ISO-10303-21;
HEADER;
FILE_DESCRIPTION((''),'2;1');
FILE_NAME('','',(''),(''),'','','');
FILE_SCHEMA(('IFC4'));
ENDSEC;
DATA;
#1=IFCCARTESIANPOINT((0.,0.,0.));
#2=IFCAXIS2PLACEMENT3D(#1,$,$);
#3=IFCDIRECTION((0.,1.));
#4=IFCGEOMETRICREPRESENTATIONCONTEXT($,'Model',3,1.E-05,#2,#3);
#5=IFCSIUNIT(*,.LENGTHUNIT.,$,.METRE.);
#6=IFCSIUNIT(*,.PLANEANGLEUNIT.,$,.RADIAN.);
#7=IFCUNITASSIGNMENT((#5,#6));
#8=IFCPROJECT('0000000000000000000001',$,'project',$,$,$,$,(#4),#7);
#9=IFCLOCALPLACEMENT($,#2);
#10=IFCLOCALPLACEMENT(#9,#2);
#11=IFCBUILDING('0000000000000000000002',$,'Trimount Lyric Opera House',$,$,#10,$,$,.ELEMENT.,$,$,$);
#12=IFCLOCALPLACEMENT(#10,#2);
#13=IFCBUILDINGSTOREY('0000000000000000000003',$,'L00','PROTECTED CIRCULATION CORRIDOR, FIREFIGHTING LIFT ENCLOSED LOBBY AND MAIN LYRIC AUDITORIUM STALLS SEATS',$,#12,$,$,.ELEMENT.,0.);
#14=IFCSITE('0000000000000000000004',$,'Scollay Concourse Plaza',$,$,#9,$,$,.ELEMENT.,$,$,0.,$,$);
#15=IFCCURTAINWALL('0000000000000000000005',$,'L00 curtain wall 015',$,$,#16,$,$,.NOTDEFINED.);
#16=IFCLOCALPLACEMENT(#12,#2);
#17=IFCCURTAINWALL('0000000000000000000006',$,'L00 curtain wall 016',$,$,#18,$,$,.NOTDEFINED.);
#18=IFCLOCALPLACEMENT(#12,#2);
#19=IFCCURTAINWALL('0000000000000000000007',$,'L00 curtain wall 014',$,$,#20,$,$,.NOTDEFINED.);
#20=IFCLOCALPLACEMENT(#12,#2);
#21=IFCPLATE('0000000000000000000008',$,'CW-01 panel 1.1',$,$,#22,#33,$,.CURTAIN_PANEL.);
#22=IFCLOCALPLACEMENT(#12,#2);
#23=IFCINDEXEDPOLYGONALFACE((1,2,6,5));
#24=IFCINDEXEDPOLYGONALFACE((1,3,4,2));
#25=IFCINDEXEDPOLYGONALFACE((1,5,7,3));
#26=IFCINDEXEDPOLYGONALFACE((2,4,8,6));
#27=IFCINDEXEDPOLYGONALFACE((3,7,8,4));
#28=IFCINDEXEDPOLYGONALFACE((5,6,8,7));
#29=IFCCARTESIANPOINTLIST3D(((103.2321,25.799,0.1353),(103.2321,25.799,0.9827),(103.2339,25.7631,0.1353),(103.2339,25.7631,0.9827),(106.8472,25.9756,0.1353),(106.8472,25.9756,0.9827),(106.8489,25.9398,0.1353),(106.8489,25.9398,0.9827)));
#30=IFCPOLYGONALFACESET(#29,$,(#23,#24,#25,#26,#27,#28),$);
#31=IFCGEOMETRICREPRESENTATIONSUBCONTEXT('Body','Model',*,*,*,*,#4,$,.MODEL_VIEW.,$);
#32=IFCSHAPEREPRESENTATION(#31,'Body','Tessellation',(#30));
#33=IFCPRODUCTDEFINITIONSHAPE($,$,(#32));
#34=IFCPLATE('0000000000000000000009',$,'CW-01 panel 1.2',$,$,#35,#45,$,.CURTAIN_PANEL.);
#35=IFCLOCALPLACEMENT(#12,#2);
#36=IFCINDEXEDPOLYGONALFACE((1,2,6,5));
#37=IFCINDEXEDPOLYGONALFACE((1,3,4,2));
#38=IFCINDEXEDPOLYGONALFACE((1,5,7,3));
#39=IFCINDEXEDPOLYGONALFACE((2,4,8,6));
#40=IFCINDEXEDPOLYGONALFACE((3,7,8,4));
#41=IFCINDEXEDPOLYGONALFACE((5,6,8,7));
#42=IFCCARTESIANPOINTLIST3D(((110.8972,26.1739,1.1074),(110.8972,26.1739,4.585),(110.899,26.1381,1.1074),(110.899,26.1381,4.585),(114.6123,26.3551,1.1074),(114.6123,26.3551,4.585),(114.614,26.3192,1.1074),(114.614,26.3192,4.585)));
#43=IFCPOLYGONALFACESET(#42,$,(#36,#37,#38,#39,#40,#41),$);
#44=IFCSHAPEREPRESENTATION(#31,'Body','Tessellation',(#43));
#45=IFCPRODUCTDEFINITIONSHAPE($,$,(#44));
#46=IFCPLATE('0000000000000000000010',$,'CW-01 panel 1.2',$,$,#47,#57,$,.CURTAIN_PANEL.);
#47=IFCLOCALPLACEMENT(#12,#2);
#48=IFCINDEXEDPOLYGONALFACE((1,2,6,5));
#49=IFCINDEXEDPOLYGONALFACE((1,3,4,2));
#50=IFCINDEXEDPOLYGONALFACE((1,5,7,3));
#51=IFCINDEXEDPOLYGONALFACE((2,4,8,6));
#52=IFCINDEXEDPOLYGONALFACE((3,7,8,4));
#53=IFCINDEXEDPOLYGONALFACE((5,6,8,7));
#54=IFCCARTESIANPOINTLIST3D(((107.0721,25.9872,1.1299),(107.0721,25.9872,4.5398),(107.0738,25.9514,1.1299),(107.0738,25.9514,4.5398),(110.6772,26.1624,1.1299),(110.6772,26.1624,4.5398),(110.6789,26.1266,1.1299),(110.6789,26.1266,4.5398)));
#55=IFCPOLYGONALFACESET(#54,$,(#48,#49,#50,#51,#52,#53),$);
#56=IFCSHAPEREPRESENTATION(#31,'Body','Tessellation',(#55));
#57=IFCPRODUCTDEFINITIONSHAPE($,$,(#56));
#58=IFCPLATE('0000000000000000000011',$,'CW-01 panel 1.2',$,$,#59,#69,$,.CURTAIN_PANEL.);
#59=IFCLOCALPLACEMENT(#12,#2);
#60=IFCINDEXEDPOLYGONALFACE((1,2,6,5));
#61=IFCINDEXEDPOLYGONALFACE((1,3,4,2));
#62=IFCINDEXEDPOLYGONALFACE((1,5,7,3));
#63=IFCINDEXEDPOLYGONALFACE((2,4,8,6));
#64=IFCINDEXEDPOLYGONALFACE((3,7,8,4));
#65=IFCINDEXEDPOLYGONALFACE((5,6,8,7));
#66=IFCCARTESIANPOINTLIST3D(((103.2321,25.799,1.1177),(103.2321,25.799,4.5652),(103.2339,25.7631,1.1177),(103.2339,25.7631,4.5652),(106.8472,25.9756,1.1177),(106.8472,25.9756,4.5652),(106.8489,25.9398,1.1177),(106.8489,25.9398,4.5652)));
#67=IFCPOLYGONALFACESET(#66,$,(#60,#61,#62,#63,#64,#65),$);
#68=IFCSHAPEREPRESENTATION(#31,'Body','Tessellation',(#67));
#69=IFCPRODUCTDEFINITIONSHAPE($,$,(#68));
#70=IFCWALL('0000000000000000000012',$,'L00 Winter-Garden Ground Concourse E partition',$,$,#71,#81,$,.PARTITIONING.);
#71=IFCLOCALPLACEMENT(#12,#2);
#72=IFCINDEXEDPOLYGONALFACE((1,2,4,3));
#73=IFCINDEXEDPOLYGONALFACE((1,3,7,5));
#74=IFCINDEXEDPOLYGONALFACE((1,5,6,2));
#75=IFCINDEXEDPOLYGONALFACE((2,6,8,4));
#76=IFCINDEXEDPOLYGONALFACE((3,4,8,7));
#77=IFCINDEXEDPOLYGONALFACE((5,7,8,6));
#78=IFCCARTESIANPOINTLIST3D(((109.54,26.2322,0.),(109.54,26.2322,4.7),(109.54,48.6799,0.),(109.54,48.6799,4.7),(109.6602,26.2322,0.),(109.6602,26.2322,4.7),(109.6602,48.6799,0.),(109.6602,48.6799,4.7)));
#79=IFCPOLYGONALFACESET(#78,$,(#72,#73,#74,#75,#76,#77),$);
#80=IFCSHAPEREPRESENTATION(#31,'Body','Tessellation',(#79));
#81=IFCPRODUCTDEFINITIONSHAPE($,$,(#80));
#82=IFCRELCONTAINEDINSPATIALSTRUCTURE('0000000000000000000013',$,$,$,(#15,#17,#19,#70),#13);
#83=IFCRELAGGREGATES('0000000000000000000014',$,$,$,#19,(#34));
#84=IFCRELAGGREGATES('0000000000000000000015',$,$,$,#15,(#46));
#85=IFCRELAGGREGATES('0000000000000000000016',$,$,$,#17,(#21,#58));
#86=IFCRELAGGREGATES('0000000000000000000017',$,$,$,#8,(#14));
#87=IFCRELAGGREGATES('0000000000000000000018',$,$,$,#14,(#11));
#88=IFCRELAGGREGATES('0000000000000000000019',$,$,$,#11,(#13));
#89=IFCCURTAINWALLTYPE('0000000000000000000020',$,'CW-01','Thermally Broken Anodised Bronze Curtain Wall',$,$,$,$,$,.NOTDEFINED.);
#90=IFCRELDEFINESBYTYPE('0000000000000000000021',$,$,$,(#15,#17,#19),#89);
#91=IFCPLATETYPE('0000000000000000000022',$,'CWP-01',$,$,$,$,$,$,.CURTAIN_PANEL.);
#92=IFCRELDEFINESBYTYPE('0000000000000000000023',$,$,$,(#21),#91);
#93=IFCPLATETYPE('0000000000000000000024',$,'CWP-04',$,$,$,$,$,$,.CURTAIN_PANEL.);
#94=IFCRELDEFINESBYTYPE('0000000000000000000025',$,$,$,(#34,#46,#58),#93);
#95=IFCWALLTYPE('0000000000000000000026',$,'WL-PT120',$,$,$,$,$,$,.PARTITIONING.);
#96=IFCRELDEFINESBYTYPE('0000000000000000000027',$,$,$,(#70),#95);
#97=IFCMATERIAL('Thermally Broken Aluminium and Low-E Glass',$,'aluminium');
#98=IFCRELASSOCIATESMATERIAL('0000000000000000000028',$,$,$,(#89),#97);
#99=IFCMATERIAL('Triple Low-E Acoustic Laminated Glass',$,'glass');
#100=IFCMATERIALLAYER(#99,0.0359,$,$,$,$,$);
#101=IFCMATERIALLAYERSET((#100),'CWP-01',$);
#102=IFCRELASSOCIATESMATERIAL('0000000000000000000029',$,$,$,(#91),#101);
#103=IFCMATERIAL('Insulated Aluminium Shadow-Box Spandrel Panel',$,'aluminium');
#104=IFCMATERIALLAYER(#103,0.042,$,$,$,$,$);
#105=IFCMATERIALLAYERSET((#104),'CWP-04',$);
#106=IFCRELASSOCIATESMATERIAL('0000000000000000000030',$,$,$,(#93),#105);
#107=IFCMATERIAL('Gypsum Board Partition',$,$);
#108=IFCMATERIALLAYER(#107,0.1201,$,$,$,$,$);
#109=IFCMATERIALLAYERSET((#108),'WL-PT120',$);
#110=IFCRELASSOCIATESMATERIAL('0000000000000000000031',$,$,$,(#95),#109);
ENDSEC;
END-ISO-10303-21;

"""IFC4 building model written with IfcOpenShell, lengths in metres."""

from ifc_helpers import new_model, si_unit, direction, frame, frame_2d, origin, origin_2d, place, context, subcontext, project, spatial, rectangle, extrude, material, layer, layer_set, type_object, element, aggregate, save


model = new_model("IFC4")

# Units and contexts
model_context = context("Model", 3, precision=1e-05, world=origin(), true_north=direction((0.0, 1.0)))
body_context = subcontext(model_context, "Body", "Model", "MODEL_VIEW")
ifc_project = project(units=[si_unit("LENGTHUNIT", "METRE"), si_unit("PLANEANGLEUNIT", "RADIAN")], contexts=[model_context])

# Site, building, storey
site_placement = place(None, origin())
site = spatial("IfcSite", under=ifc_project, at=site_placement, Name="Scollay Concourse Plaza", CompositionType="ELEMENT", RefElevation=0.0)
building_placement = place(site_placement, origin())
building = spatial("IfcBuilding", under=site, at=building_placement, Name="Trimount Lyric Opera House", CompositionType="ELEMENT")
storey_placement = place(building_placement, origin())
storey = spatial("IfcBuildingStorey", under=building, at=storey_placement, Name="L00", Description="PROTECTED CIRCULATION CORRIDOR, FIREFIGHTING LIFT ENCLOSED LOBBY AND MAIN LYRIC AUDITORIUM STALLS SEATS", CompositionType="ELEMENT", Elevation=0.0)

# Curtain walls
ifc_material_1 = material(Name="Thermally Broken Aluminium and Low-E Glass", Category="aluminium")
curtain_wall_type = type_object("IfcCurtainWallType", Name="CW-01", Description="Thermally Broken Anodised Bronze Curtain Wall", PredefinedType="NOTDEFINED", material=ifc_material_1)
curtain_wall_1_placement = place(storey_placement, origin())
curtain_wall_1 = element("IfcCurtainWall", 1, at=curtain_wall_1_placement, inside=storey, type_object=curtain_wall_type, Name="L00 curtain wall 015", PredefinedType="NOTDEFINED")
curtain_wall_2_placement = place(storey_placement, origin())
curtain_wall_2 = element("IfcCurtainWall", 2, at=curtain_wall_2_placement, inside=storey, type_object=curtain_wall_type, Name="L00 curtain wall 016", PredefinedType="NOTDEFINED")
curtain_wall_3_placement = place(storey_placement, origin())
curtain_wall_3 = element("IfcCurtainWall", 3, at=curtain_wall_3_placement, inside=storey, type_object=curtain_wall_type, Name="L00 curtain wall 014", PredefinedType="NOTDEFINED")

# Plates
ifc_material_2 = material(Name="Triple Low-E Acoustic Laminated Glass", Category="glass")
ifc_layer_1 = layer(ifc_material_2, 0.0359)
ifc_layer_set_1 = layer_set([ifc_layer_1], Name="CWP-01")
plate_type_1 = type_object("IfcPlateType", Name="CWP-01", PredefinedType="CURTAIN_PANEL", material=ifc_layer_set_1)
plate_1_placement = place(storey_placement, frame((105.0405, 25.8694, 0.1353), z_axis=(0.0, 0.0, 1.0), x_axis=(-0.998808, -0.048807, 0.0)))
plate_1 = element("IfcPlate", 4, at=plate_1_placement, type_object=plate_type_1, Name="CW-01 panel 1.1", PredefinedType="CURTAIN_PANEL", context=body_context, shape_type="SweptSolid", body=[
    extrude(rectangle(XDim=3.6194, YDim=0.0359, at=origin_2d()), origin(), (0.0, 0.0, 1.0), 0.8474),
])
ifc_material_3 = material(Name="Insulated Aluminium Shadow-Box Spandrel Panel", Category="aluminium")
ifc_layer_2 = layer(ifc_material_3, 0.042)
ifc_layer_set_2 = layer_set([ifc_layer_2], Name="CWP-04")
plate_type_2 = type_object("IfcPlateType", Name="CWP-04", PredefinedType="CURTAIN_PANEL", material=ifc_layer_set_2)
plate_2_placement = place(storey_placement, frame((112.7556, 26.2466, 1.1074), z_axis=(0.0, 0.0, 1.0), x_axis=(-0.998813, -0.048704, 0.0)))
plate_2 = element("IfcPlate", 5, at=plate_2_placement, type_object=plate_type_2, Name="CW-01 panel 1.2", PredefinedType="CURTAIN_PANEL", context=body_context, shape_type="SweptSolid", body=[
    extrude(rectangle(XDim=3.7195, YDim=0.0359, at=origin_2d()), origin(), (0.0, 0.0, 1.0), 3.4775),
])
aggregate(curtain_wall_3, [plate_2])
plate_3_placement = place(storey_placement, frame((108.8755, 26.0569, 1.1299), z_axis=(0.0, 0.0, 1.0), x_axis=(-0.998821, -0.048541, 0.0)))
plate_3 = element("IfcPlate", 6, at=plate_3_placement, type_object=plate_type_2, Name="CW-01 panel 1.2", PredefinedType="CURTAIN_PANEL", context=body_context, shape_type="SweptSolid", body=[
    extrude(rectangle(XDim=3.6094, YDim=0.0359, at=origin_2d()), origin(), (0.0, 0.0, 1.0), 3.4099),
])
aggregate(curtain_wall_1, [plate_3])
plate_4_placement = place(storey_placement, frame((105.0405, 25.8694, 1.1177), z_axis=(0.0, 0.0, 1.0), x_axis=(-0.998808, -0.048807, 0.0)))
plate_4 = element("IfcPlate", 7, at=plate_4_placement, type_object=plate_type_2, Name="CW-01 panel 1.2", PredefinedType="CURTAIN_PANEL", context=body_context, shape_type="SweptSolid", body=[
    extrude(rectangle(XDim=3.6194, YDim=0.0359, at=origin_2d()), origin(), (0.0, 0.0, 1.0), 3.4475),
])
aggregate(curtain_wall_2, [plate_1, plate_4])

# Wall
ifc_material_4 = material(Name="Gypsum Board Partition")
ifc_layer_3 = layer(ifc_material_4, 0.1201)
ifc_layer_set_3 = layer_set([ifc_layer_3], Name="WL-PT120")
wall_type = type_object("IfcWallType", Name="WL-PT120", PredefinedType="PARTITIONING", material=ifc_layer_set_3)
wall_placement = place(storey_placement, frame((109.6001, 26.2322, 0.0), z_axis=(0.0, 0.0, 1.0), x_axis=(0.0, 1.0, 0.0)))
element("IfcWall", 8, at=wall_placement, inside=storey, type_object=wall_type, Name="L00 Winter-Garden Ground Concourse E partition", PredefinedType="PARTITIONING", context=body_context, shape_type="SweptSolid", body=[
    extrude(rectangle(XDim=22.4478, YDim=0.1201, at=frame_2d((11.2239, 0.0))), origin(), (0.0, 0.0, 1.0), 4.7),
])

save(model, "model.ifc")
